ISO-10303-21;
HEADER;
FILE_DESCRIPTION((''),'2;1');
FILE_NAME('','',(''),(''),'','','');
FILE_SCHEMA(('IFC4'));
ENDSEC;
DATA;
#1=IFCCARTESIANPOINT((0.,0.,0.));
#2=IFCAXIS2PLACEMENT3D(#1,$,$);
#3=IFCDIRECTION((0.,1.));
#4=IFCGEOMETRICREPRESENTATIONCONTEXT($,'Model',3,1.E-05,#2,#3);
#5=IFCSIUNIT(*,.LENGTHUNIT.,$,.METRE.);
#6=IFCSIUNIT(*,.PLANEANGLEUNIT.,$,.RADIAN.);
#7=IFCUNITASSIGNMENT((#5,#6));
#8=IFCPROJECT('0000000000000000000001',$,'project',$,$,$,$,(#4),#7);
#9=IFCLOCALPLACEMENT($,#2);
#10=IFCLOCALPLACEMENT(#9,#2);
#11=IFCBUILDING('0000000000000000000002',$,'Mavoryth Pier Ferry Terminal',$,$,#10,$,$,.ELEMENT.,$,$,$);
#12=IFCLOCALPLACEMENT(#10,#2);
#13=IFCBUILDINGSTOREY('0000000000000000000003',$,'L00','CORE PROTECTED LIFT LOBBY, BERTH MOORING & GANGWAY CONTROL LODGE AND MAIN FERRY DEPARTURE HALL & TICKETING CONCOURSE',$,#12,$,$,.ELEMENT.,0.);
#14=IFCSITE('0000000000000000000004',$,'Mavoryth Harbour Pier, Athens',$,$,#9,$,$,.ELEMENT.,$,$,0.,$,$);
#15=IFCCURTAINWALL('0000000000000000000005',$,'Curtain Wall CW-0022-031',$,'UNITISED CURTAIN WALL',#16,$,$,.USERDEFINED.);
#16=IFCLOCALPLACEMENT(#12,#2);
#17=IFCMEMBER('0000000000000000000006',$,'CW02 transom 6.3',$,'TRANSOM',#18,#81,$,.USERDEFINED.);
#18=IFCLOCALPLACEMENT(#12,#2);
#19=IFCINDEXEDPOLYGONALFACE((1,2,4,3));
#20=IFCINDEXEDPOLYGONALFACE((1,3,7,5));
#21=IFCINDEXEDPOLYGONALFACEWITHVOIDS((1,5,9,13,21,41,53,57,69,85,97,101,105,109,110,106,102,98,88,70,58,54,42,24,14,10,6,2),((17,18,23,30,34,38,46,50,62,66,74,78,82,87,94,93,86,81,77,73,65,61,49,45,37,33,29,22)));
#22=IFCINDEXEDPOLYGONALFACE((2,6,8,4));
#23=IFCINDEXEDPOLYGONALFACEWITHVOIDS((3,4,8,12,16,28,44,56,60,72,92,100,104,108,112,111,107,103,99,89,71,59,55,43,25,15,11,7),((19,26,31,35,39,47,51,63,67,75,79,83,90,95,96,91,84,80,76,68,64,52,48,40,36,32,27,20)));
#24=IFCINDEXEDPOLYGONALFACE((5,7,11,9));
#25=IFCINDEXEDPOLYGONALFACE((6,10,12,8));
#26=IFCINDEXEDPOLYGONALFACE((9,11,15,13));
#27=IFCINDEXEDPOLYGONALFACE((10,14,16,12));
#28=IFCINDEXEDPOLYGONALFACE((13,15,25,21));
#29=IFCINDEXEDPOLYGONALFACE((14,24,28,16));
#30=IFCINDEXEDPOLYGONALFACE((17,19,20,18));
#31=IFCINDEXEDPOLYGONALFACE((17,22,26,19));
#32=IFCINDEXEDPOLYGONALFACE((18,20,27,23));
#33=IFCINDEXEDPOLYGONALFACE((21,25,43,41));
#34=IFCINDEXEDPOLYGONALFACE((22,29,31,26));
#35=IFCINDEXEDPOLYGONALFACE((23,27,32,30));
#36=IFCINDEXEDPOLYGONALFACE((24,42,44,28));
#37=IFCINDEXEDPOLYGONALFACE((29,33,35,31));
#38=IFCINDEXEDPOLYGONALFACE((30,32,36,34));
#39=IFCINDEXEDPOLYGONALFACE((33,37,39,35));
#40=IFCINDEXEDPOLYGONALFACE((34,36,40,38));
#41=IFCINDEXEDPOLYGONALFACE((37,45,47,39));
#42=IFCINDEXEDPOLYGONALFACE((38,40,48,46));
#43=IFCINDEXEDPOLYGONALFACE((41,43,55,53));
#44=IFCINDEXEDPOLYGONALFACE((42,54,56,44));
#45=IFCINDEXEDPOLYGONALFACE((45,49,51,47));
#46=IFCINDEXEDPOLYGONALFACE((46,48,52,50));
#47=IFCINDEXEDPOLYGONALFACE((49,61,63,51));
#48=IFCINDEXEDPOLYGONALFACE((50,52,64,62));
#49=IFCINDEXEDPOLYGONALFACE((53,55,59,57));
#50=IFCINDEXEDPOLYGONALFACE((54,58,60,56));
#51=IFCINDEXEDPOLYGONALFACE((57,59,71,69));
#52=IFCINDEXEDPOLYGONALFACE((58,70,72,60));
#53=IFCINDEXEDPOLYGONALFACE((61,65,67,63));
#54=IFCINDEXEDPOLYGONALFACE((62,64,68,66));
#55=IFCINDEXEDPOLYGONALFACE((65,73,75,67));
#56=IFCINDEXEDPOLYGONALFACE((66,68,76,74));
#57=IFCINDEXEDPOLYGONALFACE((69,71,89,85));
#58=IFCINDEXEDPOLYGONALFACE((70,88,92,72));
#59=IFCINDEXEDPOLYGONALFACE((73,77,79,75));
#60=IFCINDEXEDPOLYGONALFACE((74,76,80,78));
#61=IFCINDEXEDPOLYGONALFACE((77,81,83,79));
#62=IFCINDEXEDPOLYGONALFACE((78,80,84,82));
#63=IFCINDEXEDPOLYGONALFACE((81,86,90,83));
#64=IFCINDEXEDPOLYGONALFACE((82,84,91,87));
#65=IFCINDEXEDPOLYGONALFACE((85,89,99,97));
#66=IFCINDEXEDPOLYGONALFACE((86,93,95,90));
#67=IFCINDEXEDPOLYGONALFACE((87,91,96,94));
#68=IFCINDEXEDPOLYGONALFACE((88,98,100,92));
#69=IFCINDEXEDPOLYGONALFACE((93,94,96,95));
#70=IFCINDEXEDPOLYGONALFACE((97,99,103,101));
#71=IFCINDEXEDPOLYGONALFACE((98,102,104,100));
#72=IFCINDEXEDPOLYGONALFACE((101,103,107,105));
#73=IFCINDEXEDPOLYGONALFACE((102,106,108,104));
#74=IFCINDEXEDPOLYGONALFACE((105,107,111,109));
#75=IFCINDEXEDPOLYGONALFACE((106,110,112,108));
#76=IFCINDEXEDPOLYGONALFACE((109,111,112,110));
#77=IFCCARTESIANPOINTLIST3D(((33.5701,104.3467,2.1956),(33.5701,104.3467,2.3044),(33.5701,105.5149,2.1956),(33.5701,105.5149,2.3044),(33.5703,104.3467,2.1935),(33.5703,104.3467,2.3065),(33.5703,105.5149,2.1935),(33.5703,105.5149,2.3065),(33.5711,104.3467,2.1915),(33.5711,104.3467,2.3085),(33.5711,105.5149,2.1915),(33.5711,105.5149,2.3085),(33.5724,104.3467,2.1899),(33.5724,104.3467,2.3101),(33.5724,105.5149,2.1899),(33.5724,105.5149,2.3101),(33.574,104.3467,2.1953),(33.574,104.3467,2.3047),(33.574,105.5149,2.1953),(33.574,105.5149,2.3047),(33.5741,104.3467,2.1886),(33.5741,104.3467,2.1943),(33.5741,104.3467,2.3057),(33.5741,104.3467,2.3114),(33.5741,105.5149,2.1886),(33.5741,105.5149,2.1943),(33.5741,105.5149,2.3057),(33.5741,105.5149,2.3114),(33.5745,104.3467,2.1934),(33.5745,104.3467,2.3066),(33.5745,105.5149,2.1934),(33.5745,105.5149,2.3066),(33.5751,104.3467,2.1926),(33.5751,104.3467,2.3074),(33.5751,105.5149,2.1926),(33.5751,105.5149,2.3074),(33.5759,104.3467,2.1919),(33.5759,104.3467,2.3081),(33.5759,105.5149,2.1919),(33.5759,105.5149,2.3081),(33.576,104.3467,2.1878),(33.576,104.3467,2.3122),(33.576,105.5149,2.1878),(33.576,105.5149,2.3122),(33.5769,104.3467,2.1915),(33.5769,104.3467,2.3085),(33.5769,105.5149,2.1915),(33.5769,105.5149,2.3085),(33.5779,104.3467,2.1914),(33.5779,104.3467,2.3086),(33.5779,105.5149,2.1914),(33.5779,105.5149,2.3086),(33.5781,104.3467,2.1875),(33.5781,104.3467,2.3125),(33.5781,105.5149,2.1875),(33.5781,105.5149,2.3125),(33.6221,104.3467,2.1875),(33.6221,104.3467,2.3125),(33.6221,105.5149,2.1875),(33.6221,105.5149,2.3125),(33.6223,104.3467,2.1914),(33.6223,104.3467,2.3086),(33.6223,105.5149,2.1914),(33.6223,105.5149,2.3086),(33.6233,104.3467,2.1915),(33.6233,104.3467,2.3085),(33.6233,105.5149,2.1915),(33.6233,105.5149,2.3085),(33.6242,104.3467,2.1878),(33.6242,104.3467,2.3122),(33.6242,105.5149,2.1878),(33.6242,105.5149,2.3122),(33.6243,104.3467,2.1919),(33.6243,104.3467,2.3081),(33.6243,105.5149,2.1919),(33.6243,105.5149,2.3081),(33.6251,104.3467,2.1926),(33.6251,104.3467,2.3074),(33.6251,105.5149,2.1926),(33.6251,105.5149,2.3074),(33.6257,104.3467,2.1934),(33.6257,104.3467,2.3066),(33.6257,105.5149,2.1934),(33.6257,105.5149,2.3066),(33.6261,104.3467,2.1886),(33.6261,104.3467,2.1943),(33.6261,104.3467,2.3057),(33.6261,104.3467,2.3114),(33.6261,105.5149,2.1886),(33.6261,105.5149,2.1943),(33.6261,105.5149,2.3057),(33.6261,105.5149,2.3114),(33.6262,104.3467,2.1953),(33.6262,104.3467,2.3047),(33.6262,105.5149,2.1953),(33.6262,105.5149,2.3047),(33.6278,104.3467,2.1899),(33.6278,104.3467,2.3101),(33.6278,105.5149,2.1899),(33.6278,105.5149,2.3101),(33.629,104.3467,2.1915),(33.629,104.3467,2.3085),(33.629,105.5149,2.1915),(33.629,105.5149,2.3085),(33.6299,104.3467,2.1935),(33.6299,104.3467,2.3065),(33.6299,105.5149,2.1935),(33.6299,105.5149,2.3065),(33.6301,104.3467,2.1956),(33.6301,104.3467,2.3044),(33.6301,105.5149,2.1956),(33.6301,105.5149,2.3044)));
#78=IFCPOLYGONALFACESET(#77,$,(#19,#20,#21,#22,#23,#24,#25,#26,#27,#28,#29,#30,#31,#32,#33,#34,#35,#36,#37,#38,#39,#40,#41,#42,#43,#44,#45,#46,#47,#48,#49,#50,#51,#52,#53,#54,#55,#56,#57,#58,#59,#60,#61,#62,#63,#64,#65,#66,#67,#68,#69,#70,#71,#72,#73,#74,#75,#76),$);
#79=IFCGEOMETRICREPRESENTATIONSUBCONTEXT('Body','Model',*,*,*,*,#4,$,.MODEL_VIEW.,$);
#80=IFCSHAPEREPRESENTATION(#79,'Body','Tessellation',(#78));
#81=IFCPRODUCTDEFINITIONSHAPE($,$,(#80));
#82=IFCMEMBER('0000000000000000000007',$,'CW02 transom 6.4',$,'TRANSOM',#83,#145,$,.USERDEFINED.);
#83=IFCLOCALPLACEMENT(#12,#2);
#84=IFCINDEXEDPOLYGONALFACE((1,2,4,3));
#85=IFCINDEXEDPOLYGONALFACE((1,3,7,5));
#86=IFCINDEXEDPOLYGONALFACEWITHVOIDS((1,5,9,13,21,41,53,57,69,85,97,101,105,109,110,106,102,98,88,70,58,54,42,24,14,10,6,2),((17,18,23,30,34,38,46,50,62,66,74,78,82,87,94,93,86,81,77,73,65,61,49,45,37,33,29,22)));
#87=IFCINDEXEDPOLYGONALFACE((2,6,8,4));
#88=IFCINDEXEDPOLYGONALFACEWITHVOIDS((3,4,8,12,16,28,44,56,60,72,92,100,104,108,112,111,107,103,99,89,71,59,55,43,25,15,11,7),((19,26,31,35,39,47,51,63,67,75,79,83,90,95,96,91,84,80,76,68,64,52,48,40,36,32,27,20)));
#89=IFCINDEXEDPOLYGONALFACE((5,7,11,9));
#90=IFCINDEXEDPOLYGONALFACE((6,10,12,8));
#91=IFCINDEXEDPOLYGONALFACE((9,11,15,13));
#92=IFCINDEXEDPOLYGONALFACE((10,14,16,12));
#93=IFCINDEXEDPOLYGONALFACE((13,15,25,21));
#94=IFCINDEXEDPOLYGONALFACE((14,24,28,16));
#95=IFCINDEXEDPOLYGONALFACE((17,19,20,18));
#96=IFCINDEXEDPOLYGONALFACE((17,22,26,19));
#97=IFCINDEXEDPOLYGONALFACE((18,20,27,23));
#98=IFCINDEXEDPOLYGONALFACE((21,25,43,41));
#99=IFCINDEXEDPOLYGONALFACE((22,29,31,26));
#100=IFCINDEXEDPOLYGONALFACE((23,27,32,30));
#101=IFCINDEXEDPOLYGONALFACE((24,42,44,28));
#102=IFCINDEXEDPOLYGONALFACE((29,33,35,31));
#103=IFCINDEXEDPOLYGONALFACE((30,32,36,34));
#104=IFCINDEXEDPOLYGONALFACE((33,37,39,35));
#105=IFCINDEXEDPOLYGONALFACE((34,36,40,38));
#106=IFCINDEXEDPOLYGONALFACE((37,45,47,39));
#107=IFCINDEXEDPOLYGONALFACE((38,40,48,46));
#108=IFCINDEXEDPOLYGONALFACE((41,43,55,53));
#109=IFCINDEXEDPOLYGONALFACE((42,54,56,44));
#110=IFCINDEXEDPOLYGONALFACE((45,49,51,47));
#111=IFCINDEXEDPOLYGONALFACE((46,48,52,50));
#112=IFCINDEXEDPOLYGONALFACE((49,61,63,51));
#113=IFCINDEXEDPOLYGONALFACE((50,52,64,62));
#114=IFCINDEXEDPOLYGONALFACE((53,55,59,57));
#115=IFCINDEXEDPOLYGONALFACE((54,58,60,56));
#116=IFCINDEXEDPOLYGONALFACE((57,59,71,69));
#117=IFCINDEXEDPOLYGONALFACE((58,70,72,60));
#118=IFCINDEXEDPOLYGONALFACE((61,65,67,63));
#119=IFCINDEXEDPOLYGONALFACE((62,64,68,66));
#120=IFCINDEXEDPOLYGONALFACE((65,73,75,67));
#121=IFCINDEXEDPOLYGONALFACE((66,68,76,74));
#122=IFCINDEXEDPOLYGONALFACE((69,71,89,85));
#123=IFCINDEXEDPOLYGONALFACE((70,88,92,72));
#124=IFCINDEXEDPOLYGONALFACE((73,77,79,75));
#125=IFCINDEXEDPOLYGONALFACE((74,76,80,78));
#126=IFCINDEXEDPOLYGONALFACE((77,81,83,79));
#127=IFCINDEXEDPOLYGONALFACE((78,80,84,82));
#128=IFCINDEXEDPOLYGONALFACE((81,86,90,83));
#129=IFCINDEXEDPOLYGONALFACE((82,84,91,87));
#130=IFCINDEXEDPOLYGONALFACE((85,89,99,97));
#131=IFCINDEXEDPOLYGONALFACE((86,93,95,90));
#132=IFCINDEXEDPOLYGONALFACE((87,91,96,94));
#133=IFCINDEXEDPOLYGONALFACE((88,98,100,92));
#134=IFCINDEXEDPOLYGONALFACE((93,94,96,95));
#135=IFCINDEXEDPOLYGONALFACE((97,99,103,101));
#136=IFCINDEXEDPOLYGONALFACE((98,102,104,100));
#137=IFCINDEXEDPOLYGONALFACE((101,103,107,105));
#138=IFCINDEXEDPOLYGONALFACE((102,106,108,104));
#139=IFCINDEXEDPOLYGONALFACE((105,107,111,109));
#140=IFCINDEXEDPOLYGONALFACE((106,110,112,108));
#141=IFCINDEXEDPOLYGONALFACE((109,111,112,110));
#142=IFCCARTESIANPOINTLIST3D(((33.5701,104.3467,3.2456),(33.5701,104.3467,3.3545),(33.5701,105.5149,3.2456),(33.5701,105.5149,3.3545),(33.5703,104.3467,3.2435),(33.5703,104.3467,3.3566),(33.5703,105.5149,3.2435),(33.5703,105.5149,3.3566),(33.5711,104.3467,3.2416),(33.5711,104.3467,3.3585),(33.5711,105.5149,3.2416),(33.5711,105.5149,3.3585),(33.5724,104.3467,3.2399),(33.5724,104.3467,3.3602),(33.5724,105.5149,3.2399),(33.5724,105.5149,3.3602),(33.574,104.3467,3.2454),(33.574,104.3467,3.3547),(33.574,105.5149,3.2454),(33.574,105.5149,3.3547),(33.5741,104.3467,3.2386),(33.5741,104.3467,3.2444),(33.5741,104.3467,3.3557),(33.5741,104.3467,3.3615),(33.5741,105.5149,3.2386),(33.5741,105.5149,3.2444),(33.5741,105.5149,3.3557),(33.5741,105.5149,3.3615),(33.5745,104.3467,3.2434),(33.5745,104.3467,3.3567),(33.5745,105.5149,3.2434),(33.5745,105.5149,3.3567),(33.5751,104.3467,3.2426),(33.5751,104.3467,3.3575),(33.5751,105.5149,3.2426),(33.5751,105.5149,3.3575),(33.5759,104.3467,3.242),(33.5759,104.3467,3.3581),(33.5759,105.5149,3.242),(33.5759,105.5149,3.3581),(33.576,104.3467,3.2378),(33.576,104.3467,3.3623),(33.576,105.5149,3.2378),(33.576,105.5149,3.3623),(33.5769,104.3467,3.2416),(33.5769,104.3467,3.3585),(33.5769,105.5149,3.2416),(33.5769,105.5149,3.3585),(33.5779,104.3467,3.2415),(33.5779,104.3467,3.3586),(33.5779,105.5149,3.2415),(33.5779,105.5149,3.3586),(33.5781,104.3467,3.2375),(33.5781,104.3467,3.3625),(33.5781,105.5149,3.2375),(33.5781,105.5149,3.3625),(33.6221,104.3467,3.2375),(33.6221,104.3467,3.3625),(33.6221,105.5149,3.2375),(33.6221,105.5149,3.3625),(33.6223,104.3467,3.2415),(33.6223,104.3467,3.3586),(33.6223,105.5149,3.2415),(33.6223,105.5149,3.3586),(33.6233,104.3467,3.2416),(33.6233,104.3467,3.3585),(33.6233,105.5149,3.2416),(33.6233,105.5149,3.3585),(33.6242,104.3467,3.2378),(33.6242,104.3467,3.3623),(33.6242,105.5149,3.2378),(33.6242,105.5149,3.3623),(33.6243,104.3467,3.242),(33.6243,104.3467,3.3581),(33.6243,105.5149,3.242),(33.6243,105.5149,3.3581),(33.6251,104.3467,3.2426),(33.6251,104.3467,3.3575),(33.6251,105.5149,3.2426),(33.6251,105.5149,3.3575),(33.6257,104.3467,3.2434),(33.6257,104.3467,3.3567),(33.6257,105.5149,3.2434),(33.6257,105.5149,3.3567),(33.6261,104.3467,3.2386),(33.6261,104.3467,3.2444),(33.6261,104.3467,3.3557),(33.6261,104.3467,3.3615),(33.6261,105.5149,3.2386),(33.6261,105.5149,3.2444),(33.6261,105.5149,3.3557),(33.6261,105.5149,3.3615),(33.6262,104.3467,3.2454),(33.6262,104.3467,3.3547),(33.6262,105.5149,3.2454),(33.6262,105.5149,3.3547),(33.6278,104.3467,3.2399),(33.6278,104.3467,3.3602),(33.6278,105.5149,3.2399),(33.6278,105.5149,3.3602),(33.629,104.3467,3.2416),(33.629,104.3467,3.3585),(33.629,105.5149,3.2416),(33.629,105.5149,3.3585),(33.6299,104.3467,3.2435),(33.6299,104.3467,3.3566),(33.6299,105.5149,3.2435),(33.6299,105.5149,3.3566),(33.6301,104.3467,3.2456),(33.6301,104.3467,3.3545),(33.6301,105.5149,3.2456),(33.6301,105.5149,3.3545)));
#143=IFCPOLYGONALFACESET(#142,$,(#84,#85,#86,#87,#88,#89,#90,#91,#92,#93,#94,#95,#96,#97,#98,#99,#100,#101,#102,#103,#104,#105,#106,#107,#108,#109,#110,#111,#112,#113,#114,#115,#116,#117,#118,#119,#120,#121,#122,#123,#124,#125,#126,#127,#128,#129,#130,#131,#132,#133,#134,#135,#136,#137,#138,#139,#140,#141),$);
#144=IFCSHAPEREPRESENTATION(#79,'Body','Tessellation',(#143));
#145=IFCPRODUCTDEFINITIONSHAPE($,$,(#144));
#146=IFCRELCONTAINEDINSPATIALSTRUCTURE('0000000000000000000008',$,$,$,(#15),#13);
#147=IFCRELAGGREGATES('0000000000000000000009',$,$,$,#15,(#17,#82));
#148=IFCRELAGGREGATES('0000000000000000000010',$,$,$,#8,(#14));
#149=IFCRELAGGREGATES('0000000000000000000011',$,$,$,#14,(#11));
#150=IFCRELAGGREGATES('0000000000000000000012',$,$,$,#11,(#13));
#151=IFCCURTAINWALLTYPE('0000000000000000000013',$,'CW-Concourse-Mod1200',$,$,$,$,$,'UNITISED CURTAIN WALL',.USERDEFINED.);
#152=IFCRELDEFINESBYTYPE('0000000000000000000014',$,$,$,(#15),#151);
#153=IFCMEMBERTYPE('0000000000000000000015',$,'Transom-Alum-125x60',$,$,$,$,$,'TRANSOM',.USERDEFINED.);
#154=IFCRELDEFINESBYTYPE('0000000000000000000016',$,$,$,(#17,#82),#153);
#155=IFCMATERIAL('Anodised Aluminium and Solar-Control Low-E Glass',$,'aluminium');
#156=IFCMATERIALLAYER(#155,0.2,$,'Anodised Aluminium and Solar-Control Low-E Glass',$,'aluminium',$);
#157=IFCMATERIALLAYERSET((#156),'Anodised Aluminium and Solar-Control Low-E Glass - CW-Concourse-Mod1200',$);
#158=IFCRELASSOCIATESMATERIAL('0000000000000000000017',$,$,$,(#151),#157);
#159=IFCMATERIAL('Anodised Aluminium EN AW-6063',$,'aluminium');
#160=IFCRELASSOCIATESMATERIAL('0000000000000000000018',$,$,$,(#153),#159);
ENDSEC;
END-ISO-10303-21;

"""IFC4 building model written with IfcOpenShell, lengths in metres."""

from ifc_helpers import new_model, si_unit, direction, frame, origin, origin_2d, place, context, subcontext, project, spatial, hollow_rectangle, extrude, material, layer, layer_set, material_profile, profile_set, type_object, element, aggregate, save


model = new_model("IFC4")

# Units and contexts
model_context = context("Model", 3, precision=1e-05, world=origin(), true_north=direction((0.0, 1.0)))
body_context = subcontext(model_context, "Body", "Model", "MODEL_VIEW")
ifc_project = project(units=[si_unit("LENGTHUNIT", "METRE"), si_unit("PLANEANGLEUNIT", "RADIAN")], contexts=[model_context])

# Site, building, storey
site_placement = place(None, origin())
site = spatial("IfcSite", under=ifc_project, at=site_placement, Name="Mavoryth Harbour Pier, Athens", CompositionType="ELEMENT", RefElevation=0.0)
building_placement = place(site_placement, origin())
building = spatial("IfcBuilding", under=site, at=building_placement, Name="Mavoryth Pier Ferry Terminal", CompositionType="ELEMENT")
storey_placement = place(building_placement, origin())
storey = spatial("IfcBuildingStorey", under=building, at=storey_placement, Name="L00", Description="CORE PROTECTED LIFT LOBBY, BERTH MOORING & GANGWAY CONTROL LODGE AND MAIN FERRY DEPARTURE HALL & TICKETING CONCOURSE", CompositionType="ELEMENT", Elevation=0.0)

# Curtain wall, members
ifc_material_1 = material(Name="Anodised Aluminium and Solar-Control Low-E Glass", Category="aluminium")
ifc_layer_1 = layer(ifc_material_1, 0.2, Name="Anodised Aluminium and Solar-Control Low-E Glass", Category="aluminium")
ifc_layer_set_1 = layer_set([ifc_layer_1], Name="Anodised Aluminium and Solar-Control Low-E Glass - CW-Concourse-Mod1200")
curtain_wall_type = type_object("IfcCurtainWallType", Name="CW-Concourse-Mod1200", ElementType="UNITISED CURTAIN WALL", PredefinedType="USERDEFINED", material=ifc_layer_set_1)
curtain_wall_placement = place(storey_placement, origin())
curtain_wall = element("IfcCurtainWall", 1, at=curtain_wall_placement, inside=storey, type_object=curtain_wall_type, Name="Curtain Wall CW-0022-031", ObjectType="UNITISED CURTAIN WALL", PredefinedType="USERDEFINED")
ifc_material_2 = material(Name="Anodised Aluminium EN AW-6063", Category="aluminium")
ifc_material_profile_1 = material_profile(ifc_material_2, hollow_rectangle(XDim=0.0601, YDim=0.125, WallThickness=0.0039, InnerFilletRadius=0.0039, OuterFilletRadius=0.0081, at=origin_2d()), Name="AL-TRAN 125x60x4", Category="aluminium")
ifc_profile_set_1 = profile_set([ifc_material_profile_1], Name="Anodised Aluminium EN AW-6063 - AL-TRAN 125x60x4")
member_type_1 = type_object("IfcMemberType", Name="Transom-Alum-125x60", ElementType="TRANSOM", PredefinedType="USERDEFINED", material=ifc_profile_set_1)
member_1_placement = place(storey_placement, frame((33.6001, 104.3467, 2.25), z_axis=(0.0, 1.0, 0.0), x_axis=(-1.0, 0.0, 0.0)))
member_1 = element("IfcMember", 2, at=member_1_placement, type_object=member_type_1, Name="CW02 transom 6.3", ObjectType="TRANSOM", PredefinedType="USERDEFINED", context=body_context, shape_type="SweptSolid", body=[
    extrude(hollow_rectangle(XDim=0.0601, YDim=0.125, WallThickness=0.0039, InnerFilletRadius=0.0039, OuterFilletRadius=0.0081, at=origin_2d()), origin(), (0.0, 0.0, 1.0), 1.1682),
])
member_2_placement = place(storey_placement, frame((33.6001, 104.3467, 3.3), z_axis=(0.0, 1.0, 0.0), x_axis=(-1.0, 0.0, 0.0)))
member_2 = element("IfcMember", 3, at=member_2_placement, type_object=member_type_1, Name="CW02 transom 6.4", ObjectType="TRANSOM", PredefinedType="USERDEFINED", context=body_context, shape_type="SweptSolid", body=[
    extrude(hollow_rectangle(XDim=0.0601, YDim=0.125, WallThickness=0.0039, InnerFilletRadius=0.0039, OuterFilletRadius=0.0081, at=origin_2d()), origin(), (0.0, 0.0, 1.0), 1.1682),
])
aggregate(curtain_wall, [member_1, member_2])

save(model, "model.ifc")
